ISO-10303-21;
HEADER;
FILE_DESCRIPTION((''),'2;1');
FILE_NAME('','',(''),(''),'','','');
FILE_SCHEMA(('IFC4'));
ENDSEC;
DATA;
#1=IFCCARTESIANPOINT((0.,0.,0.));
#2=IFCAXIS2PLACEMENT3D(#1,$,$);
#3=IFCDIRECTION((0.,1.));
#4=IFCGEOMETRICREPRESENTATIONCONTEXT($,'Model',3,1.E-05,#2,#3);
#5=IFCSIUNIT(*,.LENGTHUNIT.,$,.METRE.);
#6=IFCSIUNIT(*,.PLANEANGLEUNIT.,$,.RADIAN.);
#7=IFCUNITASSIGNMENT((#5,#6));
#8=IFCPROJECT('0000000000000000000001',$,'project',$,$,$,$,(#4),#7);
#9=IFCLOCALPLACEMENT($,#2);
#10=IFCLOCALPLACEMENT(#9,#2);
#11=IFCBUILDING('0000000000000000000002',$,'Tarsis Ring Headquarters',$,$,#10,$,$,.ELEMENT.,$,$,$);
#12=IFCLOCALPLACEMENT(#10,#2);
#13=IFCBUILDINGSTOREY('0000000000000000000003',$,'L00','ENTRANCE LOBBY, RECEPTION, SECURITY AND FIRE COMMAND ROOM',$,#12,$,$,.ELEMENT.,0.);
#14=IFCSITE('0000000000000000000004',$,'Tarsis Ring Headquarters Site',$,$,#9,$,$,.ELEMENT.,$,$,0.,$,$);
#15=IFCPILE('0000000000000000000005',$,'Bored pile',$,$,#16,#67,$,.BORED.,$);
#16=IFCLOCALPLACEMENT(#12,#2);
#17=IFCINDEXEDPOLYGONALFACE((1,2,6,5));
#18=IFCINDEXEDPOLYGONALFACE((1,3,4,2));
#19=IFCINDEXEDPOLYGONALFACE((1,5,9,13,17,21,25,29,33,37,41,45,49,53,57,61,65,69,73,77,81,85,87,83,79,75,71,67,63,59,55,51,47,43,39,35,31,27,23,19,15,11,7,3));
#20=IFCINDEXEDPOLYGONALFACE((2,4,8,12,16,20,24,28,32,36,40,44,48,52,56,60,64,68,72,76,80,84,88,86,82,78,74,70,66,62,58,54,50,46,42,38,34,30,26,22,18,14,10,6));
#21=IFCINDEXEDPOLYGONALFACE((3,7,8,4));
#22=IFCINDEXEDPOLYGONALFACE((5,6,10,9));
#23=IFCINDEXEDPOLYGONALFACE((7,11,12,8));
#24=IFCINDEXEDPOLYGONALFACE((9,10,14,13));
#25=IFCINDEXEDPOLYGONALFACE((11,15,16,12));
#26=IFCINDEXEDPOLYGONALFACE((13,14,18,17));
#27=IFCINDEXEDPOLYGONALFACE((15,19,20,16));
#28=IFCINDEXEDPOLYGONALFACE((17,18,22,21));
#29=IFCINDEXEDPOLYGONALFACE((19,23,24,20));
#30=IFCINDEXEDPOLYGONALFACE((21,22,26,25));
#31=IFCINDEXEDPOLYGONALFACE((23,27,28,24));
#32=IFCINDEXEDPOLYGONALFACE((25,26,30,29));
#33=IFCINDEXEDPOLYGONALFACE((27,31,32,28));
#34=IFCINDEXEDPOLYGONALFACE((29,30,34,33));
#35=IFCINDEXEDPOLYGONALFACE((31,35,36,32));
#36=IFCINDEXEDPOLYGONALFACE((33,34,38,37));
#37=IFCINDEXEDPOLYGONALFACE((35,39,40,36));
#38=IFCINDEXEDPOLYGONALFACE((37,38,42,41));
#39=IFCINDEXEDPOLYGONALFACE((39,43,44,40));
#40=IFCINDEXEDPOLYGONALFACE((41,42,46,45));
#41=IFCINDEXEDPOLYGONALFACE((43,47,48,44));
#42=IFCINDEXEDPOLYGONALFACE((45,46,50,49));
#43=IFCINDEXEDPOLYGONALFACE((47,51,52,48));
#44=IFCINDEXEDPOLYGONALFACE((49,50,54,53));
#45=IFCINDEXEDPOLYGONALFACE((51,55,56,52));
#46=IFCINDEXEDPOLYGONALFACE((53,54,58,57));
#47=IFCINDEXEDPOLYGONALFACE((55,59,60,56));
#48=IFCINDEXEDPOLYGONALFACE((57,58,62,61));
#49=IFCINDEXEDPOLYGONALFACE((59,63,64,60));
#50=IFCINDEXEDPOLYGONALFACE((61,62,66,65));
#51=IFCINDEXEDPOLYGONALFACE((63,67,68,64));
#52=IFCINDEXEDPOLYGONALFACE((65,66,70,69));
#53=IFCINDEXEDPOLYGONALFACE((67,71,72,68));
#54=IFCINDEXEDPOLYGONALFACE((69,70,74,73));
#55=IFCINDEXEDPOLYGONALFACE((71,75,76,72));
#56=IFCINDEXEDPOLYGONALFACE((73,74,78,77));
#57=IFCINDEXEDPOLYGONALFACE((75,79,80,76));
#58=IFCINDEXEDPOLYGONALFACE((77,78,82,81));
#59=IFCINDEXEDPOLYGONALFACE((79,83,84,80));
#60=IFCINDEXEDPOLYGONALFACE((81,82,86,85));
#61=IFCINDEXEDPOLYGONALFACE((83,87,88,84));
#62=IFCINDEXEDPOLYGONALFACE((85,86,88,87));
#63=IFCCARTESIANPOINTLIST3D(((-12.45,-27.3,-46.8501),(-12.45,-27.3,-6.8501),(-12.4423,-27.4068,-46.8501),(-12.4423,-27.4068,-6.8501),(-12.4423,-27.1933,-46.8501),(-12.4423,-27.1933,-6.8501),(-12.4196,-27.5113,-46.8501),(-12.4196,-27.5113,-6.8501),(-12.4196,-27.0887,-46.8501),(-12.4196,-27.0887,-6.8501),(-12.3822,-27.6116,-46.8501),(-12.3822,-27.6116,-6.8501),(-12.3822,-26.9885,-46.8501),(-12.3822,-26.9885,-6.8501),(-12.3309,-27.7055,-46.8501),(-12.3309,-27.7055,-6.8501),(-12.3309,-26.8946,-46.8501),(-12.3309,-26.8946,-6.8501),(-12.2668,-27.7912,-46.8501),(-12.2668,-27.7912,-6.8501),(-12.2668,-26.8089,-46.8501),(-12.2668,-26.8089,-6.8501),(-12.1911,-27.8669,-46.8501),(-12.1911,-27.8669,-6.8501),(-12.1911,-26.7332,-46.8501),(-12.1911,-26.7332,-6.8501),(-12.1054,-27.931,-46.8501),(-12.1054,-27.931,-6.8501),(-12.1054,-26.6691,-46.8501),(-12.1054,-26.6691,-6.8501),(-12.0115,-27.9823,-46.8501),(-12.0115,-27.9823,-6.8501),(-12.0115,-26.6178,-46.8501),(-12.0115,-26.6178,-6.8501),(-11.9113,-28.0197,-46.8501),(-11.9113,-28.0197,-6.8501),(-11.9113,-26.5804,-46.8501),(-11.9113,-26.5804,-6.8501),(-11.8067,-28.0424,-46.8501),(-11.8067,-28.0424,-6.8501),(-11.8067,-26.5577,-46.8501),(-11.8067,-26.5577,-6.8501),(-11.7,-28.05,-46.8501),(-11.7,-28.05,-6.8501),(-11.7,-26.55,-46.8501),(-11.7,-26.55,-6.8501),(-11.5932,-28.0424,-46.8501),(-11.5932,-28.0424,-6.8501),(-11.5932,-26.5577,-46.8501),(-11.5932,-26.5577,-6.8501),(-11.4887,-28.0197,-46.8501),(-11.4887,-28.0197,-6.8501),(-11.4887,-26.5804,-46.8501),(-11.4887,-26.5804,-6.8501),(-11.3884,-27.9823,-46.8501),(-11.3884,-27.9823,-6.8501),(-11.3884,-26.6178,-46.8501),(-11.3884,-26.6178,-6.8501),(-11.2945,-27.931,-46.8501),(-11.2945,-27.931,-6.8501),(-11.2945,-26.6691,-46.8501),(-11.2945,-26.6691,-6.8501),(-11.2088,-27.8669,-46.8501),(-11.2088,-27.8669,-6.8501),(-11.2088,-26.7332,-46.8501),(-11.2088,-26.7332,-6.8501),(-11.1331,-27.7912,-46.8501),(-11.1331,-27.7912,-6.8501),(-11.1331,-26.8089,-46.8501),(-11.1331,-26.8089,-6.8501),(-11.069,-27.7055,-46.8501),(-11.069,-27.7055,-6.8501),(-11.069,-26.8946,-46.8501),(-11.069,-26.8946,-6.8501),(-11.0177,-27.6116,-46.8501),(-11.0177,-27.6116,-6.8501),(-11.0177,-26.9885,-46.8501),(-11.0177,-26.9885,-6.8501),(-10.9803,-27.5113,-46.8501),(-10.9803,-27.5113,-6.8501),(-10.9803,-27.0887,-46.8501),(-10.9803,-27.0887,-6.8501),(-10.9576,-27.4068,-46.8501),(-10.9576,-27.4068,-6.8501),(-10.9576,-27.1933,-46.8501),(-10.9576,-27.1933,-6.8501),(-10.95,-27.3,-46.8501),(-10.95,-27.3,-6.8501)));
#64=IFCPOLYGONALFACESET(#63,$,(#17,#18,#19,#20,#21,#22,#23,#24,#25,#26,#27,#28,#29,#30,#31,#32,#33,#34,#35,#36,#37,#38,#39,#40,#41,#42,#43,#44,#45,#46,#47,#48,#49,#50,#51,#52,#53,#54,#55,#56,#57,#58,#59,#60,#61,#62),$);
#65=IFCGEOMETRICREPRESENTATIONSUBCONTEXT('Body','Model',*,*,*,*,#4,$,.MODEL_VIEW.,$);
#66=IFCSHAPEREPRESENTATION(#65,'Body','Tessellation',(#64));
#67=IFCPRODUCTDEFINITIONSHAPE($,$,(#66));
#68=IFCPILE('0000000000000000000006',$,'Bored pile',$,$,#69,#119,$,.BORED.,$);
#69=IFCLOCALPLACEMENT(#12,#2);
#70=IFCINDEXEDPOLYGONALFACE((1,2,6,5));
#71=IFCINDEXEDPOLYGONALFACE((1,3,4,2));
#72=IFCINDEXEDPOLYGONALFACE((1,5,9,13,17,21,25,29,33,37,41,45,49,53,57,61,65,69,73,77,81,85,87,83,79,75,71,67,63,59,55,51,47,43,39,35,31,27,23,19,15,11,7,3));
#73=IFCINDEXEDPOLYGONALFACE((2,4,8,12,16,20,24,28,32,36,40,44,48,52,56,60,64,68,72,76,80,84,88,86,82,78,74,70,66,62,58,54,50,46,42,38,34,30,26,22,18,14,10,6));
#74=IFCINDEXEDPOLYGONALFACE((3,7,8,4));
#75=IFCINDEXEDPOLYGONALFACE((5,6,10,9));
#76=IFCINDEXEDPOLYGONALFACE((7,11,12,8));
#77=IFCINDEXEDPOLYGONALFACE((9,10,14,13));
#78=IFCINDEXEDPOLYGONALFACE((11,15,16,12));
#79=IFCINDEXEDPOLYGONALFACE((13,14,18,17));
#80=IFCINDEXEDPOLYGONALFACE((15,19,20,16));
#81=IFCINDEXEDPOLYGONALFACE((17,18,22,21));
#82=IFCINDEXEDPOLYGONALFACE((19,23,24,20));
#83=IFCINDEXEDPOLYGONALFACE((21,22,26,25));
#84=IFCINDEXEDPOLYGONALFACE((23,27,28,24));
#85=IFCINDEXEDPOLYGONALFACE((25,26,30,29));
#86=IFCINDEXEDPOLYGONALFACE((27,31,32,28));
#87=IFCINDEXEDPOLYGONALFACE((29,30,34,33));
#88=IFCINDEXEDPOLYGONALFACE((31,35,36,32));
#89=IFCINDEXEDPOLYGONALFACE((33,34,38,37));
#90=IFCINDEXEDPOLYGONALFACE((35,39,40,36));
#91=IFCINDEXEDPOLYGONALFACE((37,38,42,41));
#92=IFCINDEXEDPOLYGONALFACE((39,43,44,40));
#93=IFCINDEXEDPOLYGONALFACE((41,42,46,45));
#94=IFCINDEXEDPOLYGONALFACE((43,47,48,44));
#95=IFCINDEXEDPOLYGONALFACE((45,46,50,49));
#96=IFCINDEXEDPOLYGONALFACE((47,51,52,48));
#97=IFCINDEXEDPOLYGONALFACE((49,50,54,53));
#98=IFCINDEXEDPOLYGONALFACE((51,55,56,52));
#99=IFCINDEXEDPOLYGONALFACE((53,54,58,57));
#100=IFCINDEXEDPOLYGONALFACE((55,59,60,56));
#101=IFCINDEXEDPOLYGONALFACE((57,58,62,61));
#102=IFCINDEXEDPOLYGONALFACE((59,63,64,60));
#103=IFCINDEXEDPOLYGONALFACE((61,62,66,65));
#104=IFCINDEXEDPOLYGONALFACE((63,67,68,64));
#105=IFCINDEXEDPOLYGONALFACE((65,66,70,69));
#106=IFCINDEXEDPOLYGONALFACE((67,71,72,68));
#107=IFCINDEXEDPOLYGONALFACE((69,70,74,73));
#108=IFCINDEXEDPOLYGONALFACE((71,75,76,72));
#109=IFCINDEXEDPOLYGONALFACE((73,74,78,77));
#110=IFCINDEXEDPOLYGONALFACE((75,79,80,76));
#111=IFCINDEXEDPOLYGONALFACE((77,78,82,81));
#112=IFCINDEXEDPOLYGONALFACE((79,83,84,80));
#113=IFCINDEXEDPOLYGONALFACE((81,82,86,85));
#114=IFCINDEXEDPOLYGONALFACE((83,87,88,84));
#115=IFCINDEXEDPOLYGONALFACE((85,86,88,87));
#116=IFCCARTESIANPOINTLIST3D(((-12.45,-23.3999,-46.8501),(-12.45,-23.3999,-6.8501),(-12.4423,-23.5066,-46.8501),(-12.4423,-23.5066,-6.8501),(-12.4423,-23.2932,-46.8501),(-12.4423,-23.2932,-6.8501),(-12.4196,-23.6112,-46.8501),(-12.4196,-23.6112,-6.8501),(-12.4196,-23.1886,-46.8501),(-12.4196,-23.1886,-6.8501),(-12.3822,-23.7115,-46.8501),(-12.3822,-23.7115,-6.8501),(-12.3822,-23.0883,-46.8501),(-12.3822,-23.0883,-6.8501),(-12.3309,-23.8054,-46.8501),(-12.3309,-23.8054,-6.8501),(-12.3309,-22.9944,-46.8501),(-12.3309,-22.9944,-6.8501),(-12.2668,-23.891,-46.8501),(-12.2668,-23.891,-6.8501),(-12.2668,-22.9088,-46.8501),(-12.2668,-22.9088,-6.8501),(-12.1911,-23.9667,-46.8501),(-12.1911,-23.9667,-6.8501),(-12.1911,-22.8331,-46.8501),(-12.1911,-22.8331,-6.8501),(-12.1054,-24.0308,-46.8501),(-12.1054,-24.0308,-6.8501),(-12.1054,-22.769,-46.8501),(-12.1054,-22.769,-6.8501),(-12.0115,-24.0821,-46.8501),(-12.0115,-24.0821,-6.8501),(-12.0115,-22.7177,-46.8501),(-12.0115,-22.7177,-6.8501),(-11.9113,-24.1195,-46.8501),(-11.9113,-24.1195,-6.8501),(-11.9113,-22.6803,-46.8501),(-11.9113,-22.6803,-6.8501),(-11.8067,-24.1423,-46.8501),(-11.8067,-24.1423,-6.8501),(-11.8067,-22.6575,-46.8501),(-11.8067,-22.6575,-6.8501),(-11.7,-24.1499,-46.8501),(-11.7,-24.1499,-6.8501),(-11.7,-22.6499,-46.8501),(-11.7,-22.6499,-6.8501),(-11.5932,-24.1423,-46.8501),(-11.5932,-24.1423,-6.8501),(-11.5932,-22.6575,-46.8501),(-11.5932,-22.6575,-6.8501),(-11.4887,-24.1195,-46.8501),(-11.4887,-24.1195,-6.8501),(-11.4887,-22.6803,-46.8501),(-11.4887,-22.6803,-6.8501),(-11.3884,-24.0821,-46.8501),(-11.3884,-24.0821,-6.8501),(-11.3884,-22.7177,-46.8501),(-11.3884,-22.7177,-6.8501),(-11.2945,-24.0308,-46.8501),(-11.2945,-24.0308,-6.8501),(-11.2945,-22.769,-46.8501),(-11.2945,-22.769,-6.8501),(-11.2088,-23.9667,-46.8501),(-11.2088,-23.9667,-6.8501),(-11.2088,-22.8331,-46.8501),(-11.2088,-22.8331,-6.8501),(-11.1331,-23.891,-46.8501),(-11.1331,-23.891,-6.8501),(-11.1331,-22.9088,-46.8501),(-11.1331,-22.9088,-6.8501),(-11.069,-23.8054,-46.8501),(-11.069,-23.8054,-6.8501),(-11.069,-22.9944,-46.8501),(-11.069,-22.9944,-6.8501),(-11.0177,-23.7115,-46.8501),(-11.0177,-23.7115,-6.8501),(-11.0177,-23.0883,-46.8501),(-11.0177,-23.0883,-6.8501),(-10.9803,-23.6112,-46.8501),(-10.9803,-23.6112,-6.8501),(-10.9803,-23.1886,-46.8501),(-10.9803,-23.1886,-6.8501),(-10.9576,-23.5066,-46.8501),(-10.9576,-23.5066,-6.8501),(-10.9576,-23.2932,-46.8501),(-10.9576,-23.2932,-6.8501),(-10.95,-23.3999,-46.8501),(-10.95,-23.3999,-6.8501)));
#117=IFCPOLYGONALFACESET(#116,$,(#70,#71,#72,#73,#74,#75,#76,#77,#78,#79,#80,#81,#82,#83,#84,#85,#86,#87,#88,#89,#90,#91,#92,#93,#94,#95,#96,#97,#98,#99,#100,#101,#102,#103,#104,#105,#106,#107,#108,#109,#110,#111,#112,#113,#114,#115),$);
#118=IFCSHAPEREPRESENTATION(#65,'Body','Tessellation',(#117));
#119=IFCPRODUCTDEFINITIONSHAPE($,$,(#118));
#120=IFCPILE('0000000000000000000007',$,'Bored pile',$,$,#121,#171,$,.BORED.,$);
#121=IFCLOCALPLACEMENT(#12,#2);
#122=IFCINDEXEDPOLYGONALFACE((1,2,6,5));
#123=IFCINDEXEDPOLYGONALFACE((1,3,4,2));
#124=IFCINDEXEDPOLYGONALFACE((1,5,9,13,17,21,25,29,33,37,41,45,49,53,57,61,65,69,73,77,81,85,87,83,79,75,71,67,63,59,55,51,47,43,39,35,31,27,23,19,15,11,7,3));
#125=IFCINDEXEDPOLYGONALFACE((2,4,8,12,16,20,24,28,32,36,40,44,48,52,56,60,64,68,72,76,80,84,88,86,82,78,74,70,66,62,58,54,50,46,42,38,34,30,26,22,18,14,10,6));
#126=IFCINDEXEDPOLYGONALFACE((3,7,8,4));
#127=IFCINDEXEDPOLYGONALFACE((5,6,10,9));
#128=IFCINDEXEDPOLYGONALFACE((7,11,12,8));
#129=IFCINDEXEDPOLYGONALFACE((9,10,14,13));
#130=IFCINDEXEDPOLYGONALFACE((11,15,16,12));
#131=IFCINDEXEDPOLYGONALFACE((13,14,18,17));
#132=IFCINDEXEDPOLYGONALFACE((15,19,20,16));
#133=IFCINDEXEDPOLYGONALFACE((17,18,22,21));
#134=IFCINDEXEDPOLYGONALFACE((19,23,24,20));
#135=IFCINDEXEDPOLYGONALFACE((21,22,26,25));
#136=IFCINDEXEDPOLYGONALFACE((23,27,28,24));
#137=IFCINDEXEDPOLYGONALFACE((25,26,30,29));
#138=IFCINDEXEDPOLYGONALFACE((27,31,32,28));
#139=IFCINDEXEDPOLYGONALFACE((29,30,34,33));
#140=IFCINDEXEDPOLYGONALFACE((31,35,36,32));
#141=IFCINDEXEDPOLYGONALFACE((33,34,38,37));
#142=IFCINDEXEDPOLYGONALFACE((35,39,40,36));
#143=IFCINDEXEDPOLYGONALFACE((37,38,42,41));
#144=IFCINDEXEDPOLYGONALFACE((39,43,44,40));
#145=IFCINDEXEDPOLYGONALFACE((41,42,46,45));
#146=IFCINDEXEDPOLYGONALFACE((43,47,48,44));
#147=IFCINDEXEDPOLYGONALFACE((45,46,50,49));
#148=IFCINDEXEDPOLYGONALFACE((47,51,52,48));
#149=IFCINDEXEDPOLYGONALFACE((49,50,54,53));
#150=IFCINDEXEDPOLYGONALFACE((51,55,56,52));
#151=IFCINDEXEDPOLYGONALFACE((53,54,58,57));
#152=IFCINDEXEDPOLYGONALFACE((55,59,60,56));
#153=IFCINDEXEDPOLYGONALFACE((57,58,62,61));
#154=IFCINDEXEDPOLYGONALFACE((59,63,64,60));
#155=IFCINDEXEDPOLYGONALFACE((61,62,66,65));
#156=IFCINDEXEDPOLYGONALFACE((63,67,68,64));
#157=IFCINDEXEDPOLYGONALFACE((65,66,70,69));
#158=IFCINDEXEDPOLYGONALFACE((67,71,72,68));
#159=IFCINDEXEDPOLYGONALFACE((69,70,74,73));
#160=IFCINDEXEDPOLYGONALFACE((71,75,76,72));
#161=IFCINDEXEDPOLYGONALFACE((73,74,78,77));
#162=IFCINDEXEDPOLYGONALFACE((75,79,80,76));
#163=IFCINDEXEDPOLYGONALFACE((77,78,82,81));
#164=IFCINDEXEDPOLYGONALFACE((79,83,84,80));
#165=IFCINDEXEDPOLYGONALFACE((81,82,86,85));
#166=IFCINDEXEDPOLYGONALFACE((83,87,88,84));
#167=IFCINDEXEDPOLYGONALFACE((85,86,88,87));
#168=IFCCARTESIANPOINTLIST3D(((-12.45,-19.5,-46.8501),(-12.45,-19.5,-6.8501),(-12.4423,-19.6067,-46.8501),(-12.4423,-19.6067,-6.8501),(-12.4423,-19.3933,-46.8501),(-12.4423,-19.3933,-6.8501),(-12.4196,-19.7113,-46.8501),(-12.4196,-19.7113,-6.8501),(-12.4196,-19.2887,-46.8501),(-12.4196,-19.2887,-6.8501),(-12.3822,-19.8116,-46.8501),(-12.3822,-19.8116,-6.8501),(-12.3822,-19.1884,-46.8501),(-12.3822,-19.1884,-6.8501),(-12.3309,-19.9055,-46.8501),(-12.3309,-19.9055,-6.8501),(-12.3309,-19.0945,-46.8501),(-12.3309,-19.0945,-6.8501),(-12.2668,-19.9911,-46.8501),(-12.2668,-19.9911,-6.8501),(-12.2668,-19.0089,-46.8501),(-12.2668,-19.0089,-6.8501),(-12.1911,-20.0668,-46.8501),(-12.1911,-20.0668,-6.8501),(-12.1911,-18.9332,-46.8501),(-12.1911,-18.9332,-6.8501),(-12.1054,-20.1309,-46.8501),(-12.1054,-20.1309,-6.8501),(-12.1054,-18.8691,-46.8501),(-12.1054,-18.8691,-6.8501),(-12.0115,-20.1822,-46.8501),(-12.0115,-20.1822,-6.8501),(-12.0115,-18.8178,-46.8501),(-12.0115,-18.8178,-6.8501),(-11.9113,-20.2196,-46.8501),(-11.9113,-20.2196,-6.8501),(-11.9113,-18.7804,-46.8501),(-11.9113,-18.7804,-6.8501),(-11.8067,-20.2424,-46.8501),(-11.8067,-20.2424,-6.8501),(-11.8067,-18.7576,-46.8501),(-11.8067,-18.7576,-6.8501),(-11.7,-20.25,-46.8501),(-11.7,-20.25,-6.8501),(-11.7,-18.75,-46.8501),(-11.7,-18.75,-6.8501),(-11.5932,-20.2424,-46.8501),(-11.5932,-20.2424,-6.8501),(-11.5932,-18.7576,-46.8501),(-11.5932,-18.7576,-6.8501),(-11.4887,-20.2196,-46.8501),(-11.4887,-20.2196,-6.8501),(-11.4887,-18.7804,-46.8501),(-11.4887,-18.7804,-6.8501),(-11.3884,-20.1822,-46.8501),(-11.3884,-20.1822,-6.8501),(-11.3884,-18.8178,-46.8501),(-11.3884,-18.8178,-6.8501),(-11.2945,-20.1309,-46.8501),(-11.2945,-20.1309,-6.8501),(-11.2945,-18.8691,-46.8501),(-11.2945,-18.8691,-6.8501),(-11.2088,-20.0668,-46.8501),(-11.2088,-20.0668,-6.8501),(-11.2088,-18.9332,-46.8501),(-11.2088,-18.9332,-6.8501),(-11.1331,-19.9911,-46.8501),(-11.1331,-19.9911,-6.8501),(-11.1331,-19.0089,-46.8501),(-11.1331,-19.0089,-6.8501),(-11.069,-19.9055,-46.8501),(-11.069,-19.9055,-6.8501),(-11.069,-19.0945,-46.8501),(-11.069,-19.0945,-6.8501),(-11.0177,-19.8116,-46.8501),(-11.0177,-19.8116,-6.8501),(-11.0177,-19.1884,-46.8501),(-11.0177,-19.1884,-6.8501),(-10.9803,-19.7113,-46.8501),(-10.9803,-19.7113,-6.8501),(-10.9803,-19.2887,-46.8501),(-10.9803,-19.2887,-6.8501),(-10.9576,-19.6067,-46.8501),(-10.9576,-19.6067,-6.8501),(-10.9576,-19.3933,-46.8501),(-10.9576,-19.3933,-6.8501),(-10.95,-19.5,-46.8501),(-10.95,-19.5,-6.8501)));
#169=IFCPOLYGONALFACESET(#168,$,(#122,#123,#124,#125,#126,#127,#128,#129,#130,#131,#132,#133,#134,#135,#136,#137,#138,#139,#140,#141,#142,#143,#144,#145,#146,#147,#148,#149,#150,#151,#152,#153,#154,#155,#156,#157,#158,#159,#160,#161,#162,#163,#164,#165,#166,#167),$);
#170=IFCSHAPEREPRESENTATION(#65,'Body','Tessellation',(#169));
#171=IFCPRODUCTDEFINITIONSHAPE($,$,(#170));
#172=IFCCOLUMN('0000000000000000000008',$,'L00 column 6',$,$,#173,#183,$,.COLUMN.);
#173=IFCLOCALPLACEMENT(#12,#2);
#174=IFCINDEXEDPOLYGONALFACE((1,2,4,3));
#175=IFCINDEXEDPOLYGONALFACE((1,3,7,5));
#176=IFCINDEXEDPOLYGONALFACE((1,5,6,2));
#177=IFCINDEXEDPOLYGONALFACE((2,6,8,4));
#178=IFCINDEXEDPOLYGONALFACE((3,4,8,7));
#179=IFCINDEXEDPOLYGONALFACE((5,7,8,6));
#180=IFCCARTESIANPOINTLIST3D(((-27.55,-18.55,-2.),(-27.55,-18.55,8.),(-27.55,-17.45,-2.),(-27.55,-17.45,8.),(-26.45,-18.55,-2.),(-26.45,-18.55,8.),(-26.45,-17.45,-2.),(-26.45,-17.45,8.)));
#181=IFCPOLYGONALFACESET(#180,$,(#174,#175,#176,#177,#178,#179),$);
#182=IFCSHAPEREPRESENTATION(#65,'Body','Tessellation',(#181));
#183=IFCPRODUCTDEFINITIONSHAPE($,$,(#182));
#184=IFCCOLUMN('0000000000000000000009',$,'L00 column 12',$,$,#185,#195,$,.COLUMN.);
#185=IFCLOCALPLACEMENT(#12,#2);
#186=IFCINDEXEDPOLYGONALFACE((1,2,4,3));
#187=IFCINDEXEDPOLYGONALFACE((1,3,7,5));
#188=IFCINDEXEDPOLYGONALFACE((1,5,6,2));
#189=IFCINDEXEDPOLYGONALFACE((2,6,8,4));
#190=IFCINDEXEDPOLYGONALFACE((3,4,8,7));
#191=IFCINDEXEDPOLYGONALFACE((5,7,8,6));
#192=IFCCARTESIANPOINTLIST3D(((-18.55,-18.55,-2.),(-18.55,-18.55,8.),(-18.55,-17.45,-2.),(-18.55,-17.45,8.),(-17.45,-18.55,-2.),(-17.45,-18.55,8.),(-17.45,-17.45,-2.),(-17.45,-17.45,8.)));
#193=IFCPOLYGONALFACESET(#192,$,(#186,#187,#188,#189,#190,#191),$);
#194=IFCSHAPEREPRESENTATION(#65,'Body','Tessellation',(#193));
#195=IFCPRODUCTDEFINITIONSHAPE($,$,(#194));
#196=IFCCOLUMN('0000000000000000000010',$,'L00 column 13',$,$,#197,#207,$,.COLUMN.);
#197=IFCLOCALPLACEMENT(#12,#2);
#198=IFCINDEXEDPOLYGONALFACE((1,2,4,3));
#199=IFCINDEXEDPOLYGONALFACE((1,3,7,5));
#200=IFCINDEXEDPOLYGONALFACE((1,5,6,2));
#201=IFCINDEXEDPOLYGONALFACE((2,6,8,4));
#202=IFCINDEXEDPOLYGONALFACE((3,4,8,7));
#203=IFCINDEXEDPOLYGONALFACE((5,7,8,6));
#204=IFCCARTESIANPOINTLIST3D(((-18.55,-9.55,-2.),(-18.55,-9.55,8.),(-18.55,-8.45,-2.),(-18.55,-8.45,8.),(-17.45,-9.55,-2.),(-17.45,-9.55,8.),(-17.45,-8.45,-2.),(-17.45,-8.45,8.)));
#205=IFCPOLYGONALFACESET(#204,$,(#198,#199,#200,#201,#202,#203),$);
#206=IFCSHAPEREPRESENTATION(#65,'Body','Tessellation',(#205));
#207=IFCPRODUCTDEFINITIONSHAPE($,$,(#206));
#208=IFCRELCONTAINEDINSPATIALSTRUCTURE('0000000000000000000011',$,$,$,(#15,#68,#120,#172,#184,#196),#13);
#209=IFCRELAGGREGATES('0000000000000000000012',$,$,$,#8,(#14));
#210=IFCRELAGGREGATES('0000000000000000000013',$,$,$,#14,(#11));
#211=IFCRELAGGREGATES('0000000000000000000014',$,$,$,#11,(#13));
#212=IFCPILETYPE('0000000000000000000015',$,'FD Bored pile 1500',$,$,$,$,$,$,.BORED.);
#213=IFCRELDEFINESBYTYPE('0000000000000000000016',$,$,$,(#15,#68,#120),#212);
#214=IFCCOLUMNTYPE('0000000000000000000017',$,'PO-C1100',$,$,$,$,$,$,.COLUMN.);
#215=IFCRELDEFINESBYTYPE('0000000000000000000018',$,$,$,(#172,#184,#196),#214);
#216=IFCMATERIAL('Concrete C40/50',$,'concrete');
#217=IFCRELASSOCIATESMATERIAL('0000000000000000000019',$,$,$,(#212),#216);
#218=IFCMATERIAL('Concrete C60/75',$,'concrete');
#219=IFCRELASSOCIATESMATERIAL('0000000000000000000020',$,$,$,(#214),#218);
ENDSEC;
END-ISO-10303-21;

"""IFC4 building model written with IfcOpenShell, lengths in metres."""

from ifc_helpers import new_model, si_unit, direction, frame, origin, origin_2d, place, context, subcontext, project, spatial, rectangle, circle, extrude, material, material_profile, profile_set, type_object, element, save


model = new_model("IFC4")

# Units and contexts
model_context = context("Model", 3, precision=1e-05, world=origin(), true_north=direction((0.0, 1.0)))
body_context = subcontext(model_context, "Body", "Model", "MODEL_VIEW")
ifc_project = project(units=[si_unit("LENGTHUNIT", "METRE"), si_unit("PLANEANGLEUNIT", "RADIAN")], contexts=[model_context])

# Site, building, storey
site_placement = place(None, origin())
site = spatial("IfcSite", under=ifc_project, at=site_placement, Name="Tarsis Ring Headquarters Site", CompositionType="ELEMENT", RefElevation=0.0)
building_placement = place(site_placement, origin())
building = spatial("IfcBuilding", under=site, at=building_placement, Name="Tarsis Ring Headquarters", CompositionType="ELEMENT")
storey_placement = place(building_placement, origin())
storey = spatial("IfcBuildingStorey", under=building, at=storey_placement, Name="L00", Description="ENTRANCE LOBBY, RECEPTION, SECURITY AND FIRE COMMAND ROOM", CompositionType="ELEMENT", Elevation=0.0)

# Piles
ifc_material_1 = material(Name="Concrete C40/50", Category="concrete")
ifc_material_profile_1 = material_profile(ifc_material_1, circle(Radius=0.75, at=origin_2d()), Name="BORED 1500")
ifc_profile_set_1 = profile_set([ifc_material_profile_1], Name="Concrete C40/50")
pile_type_1 = type_object("IfcPileType", Name="FD Bored pile 1500", PredefinedType="BORED", material=ifc_profile_set_1)
for number, where, z_axis, x_axis, name in (
    (1, (-11.7, -27.3, -6.8501), (0.0, 0.0, -1.0), (1.0, 0.0, 0.0), "Bored pile"),
    (2, (-11.7, -23.3999, -6.8501), (0.0, 0.0, -1.0), (1.0, 0.0, 0.0), "Bored pile"),
    (3, (-11.7, -19.5, -6.8501), (0.0, 0.0, -1.0), (1.0, 0.0, 0.0), "Bored pile"),
):
    element("IfcPile", number, at=place(storey_placement, frame(where, z_axis=z_axis, x_axis=x_axis)), inside=storey, type_object=pile_type_1, Name=name, PredefinedType="BORED", context=body_context, shape_type="SweptSolid", body=[
        extrude(circle(Radius=0.75, at=origin_2d()), origin(), (0.0, 0.0, 1.0), 40.0),
    ])

# Columns
ifc_material_2 = material(Name="Concrete C60/75", Category="concrete")
ifc_material_profile_2 = material_profile(ifc_material_2, rectangle(XDim=1.1001, YDim=1.1001, at=origin_2d()), Name="PO-C1100")
ifc_profile_set_2 = profile_set([ifc_material_profile_2], Name="Concrete C60/75")
column_type_1 = type_object("IfcColumnType", Name="PO-C1100", PredefinedType="COLUMN", material=ifc_profile_set_2)
for number, where, z_axis, x_axis, name in (
    (4, (-27.0, -18.0, -2.0), (0.0, 0.0, 1.0), (1.0, 0.0, 0.0), "L00 column 6"),
    (5, (-18.0, -18.0, -2.0), (0.0, 0.0, 1.0), (1.0, 0.0, 0.0), "L00 column 12"),
    (6, (-18.0, -9.0, -2.0), (0.0, 0.0, 1.0), (1.0, 0.0, 0.0), "L00 column 13"),
):
    element("IfcColumn", number, at=place(storey_placement, frame(where, z_axis=z_axis, x_axis=x_axis)), inside=storey, type_object=column_type_1, Name=name, PredefinedType="COLUMN", context=body_context, shape_type="SweptSolid", body=[
        extrude(rectangle(XDim=1.1001, YDim=1.1001, at=origin_2d()), origin(), (0.0, 0.0, 1.0), 10.0),
    ])

save(model, "model.ifc")
